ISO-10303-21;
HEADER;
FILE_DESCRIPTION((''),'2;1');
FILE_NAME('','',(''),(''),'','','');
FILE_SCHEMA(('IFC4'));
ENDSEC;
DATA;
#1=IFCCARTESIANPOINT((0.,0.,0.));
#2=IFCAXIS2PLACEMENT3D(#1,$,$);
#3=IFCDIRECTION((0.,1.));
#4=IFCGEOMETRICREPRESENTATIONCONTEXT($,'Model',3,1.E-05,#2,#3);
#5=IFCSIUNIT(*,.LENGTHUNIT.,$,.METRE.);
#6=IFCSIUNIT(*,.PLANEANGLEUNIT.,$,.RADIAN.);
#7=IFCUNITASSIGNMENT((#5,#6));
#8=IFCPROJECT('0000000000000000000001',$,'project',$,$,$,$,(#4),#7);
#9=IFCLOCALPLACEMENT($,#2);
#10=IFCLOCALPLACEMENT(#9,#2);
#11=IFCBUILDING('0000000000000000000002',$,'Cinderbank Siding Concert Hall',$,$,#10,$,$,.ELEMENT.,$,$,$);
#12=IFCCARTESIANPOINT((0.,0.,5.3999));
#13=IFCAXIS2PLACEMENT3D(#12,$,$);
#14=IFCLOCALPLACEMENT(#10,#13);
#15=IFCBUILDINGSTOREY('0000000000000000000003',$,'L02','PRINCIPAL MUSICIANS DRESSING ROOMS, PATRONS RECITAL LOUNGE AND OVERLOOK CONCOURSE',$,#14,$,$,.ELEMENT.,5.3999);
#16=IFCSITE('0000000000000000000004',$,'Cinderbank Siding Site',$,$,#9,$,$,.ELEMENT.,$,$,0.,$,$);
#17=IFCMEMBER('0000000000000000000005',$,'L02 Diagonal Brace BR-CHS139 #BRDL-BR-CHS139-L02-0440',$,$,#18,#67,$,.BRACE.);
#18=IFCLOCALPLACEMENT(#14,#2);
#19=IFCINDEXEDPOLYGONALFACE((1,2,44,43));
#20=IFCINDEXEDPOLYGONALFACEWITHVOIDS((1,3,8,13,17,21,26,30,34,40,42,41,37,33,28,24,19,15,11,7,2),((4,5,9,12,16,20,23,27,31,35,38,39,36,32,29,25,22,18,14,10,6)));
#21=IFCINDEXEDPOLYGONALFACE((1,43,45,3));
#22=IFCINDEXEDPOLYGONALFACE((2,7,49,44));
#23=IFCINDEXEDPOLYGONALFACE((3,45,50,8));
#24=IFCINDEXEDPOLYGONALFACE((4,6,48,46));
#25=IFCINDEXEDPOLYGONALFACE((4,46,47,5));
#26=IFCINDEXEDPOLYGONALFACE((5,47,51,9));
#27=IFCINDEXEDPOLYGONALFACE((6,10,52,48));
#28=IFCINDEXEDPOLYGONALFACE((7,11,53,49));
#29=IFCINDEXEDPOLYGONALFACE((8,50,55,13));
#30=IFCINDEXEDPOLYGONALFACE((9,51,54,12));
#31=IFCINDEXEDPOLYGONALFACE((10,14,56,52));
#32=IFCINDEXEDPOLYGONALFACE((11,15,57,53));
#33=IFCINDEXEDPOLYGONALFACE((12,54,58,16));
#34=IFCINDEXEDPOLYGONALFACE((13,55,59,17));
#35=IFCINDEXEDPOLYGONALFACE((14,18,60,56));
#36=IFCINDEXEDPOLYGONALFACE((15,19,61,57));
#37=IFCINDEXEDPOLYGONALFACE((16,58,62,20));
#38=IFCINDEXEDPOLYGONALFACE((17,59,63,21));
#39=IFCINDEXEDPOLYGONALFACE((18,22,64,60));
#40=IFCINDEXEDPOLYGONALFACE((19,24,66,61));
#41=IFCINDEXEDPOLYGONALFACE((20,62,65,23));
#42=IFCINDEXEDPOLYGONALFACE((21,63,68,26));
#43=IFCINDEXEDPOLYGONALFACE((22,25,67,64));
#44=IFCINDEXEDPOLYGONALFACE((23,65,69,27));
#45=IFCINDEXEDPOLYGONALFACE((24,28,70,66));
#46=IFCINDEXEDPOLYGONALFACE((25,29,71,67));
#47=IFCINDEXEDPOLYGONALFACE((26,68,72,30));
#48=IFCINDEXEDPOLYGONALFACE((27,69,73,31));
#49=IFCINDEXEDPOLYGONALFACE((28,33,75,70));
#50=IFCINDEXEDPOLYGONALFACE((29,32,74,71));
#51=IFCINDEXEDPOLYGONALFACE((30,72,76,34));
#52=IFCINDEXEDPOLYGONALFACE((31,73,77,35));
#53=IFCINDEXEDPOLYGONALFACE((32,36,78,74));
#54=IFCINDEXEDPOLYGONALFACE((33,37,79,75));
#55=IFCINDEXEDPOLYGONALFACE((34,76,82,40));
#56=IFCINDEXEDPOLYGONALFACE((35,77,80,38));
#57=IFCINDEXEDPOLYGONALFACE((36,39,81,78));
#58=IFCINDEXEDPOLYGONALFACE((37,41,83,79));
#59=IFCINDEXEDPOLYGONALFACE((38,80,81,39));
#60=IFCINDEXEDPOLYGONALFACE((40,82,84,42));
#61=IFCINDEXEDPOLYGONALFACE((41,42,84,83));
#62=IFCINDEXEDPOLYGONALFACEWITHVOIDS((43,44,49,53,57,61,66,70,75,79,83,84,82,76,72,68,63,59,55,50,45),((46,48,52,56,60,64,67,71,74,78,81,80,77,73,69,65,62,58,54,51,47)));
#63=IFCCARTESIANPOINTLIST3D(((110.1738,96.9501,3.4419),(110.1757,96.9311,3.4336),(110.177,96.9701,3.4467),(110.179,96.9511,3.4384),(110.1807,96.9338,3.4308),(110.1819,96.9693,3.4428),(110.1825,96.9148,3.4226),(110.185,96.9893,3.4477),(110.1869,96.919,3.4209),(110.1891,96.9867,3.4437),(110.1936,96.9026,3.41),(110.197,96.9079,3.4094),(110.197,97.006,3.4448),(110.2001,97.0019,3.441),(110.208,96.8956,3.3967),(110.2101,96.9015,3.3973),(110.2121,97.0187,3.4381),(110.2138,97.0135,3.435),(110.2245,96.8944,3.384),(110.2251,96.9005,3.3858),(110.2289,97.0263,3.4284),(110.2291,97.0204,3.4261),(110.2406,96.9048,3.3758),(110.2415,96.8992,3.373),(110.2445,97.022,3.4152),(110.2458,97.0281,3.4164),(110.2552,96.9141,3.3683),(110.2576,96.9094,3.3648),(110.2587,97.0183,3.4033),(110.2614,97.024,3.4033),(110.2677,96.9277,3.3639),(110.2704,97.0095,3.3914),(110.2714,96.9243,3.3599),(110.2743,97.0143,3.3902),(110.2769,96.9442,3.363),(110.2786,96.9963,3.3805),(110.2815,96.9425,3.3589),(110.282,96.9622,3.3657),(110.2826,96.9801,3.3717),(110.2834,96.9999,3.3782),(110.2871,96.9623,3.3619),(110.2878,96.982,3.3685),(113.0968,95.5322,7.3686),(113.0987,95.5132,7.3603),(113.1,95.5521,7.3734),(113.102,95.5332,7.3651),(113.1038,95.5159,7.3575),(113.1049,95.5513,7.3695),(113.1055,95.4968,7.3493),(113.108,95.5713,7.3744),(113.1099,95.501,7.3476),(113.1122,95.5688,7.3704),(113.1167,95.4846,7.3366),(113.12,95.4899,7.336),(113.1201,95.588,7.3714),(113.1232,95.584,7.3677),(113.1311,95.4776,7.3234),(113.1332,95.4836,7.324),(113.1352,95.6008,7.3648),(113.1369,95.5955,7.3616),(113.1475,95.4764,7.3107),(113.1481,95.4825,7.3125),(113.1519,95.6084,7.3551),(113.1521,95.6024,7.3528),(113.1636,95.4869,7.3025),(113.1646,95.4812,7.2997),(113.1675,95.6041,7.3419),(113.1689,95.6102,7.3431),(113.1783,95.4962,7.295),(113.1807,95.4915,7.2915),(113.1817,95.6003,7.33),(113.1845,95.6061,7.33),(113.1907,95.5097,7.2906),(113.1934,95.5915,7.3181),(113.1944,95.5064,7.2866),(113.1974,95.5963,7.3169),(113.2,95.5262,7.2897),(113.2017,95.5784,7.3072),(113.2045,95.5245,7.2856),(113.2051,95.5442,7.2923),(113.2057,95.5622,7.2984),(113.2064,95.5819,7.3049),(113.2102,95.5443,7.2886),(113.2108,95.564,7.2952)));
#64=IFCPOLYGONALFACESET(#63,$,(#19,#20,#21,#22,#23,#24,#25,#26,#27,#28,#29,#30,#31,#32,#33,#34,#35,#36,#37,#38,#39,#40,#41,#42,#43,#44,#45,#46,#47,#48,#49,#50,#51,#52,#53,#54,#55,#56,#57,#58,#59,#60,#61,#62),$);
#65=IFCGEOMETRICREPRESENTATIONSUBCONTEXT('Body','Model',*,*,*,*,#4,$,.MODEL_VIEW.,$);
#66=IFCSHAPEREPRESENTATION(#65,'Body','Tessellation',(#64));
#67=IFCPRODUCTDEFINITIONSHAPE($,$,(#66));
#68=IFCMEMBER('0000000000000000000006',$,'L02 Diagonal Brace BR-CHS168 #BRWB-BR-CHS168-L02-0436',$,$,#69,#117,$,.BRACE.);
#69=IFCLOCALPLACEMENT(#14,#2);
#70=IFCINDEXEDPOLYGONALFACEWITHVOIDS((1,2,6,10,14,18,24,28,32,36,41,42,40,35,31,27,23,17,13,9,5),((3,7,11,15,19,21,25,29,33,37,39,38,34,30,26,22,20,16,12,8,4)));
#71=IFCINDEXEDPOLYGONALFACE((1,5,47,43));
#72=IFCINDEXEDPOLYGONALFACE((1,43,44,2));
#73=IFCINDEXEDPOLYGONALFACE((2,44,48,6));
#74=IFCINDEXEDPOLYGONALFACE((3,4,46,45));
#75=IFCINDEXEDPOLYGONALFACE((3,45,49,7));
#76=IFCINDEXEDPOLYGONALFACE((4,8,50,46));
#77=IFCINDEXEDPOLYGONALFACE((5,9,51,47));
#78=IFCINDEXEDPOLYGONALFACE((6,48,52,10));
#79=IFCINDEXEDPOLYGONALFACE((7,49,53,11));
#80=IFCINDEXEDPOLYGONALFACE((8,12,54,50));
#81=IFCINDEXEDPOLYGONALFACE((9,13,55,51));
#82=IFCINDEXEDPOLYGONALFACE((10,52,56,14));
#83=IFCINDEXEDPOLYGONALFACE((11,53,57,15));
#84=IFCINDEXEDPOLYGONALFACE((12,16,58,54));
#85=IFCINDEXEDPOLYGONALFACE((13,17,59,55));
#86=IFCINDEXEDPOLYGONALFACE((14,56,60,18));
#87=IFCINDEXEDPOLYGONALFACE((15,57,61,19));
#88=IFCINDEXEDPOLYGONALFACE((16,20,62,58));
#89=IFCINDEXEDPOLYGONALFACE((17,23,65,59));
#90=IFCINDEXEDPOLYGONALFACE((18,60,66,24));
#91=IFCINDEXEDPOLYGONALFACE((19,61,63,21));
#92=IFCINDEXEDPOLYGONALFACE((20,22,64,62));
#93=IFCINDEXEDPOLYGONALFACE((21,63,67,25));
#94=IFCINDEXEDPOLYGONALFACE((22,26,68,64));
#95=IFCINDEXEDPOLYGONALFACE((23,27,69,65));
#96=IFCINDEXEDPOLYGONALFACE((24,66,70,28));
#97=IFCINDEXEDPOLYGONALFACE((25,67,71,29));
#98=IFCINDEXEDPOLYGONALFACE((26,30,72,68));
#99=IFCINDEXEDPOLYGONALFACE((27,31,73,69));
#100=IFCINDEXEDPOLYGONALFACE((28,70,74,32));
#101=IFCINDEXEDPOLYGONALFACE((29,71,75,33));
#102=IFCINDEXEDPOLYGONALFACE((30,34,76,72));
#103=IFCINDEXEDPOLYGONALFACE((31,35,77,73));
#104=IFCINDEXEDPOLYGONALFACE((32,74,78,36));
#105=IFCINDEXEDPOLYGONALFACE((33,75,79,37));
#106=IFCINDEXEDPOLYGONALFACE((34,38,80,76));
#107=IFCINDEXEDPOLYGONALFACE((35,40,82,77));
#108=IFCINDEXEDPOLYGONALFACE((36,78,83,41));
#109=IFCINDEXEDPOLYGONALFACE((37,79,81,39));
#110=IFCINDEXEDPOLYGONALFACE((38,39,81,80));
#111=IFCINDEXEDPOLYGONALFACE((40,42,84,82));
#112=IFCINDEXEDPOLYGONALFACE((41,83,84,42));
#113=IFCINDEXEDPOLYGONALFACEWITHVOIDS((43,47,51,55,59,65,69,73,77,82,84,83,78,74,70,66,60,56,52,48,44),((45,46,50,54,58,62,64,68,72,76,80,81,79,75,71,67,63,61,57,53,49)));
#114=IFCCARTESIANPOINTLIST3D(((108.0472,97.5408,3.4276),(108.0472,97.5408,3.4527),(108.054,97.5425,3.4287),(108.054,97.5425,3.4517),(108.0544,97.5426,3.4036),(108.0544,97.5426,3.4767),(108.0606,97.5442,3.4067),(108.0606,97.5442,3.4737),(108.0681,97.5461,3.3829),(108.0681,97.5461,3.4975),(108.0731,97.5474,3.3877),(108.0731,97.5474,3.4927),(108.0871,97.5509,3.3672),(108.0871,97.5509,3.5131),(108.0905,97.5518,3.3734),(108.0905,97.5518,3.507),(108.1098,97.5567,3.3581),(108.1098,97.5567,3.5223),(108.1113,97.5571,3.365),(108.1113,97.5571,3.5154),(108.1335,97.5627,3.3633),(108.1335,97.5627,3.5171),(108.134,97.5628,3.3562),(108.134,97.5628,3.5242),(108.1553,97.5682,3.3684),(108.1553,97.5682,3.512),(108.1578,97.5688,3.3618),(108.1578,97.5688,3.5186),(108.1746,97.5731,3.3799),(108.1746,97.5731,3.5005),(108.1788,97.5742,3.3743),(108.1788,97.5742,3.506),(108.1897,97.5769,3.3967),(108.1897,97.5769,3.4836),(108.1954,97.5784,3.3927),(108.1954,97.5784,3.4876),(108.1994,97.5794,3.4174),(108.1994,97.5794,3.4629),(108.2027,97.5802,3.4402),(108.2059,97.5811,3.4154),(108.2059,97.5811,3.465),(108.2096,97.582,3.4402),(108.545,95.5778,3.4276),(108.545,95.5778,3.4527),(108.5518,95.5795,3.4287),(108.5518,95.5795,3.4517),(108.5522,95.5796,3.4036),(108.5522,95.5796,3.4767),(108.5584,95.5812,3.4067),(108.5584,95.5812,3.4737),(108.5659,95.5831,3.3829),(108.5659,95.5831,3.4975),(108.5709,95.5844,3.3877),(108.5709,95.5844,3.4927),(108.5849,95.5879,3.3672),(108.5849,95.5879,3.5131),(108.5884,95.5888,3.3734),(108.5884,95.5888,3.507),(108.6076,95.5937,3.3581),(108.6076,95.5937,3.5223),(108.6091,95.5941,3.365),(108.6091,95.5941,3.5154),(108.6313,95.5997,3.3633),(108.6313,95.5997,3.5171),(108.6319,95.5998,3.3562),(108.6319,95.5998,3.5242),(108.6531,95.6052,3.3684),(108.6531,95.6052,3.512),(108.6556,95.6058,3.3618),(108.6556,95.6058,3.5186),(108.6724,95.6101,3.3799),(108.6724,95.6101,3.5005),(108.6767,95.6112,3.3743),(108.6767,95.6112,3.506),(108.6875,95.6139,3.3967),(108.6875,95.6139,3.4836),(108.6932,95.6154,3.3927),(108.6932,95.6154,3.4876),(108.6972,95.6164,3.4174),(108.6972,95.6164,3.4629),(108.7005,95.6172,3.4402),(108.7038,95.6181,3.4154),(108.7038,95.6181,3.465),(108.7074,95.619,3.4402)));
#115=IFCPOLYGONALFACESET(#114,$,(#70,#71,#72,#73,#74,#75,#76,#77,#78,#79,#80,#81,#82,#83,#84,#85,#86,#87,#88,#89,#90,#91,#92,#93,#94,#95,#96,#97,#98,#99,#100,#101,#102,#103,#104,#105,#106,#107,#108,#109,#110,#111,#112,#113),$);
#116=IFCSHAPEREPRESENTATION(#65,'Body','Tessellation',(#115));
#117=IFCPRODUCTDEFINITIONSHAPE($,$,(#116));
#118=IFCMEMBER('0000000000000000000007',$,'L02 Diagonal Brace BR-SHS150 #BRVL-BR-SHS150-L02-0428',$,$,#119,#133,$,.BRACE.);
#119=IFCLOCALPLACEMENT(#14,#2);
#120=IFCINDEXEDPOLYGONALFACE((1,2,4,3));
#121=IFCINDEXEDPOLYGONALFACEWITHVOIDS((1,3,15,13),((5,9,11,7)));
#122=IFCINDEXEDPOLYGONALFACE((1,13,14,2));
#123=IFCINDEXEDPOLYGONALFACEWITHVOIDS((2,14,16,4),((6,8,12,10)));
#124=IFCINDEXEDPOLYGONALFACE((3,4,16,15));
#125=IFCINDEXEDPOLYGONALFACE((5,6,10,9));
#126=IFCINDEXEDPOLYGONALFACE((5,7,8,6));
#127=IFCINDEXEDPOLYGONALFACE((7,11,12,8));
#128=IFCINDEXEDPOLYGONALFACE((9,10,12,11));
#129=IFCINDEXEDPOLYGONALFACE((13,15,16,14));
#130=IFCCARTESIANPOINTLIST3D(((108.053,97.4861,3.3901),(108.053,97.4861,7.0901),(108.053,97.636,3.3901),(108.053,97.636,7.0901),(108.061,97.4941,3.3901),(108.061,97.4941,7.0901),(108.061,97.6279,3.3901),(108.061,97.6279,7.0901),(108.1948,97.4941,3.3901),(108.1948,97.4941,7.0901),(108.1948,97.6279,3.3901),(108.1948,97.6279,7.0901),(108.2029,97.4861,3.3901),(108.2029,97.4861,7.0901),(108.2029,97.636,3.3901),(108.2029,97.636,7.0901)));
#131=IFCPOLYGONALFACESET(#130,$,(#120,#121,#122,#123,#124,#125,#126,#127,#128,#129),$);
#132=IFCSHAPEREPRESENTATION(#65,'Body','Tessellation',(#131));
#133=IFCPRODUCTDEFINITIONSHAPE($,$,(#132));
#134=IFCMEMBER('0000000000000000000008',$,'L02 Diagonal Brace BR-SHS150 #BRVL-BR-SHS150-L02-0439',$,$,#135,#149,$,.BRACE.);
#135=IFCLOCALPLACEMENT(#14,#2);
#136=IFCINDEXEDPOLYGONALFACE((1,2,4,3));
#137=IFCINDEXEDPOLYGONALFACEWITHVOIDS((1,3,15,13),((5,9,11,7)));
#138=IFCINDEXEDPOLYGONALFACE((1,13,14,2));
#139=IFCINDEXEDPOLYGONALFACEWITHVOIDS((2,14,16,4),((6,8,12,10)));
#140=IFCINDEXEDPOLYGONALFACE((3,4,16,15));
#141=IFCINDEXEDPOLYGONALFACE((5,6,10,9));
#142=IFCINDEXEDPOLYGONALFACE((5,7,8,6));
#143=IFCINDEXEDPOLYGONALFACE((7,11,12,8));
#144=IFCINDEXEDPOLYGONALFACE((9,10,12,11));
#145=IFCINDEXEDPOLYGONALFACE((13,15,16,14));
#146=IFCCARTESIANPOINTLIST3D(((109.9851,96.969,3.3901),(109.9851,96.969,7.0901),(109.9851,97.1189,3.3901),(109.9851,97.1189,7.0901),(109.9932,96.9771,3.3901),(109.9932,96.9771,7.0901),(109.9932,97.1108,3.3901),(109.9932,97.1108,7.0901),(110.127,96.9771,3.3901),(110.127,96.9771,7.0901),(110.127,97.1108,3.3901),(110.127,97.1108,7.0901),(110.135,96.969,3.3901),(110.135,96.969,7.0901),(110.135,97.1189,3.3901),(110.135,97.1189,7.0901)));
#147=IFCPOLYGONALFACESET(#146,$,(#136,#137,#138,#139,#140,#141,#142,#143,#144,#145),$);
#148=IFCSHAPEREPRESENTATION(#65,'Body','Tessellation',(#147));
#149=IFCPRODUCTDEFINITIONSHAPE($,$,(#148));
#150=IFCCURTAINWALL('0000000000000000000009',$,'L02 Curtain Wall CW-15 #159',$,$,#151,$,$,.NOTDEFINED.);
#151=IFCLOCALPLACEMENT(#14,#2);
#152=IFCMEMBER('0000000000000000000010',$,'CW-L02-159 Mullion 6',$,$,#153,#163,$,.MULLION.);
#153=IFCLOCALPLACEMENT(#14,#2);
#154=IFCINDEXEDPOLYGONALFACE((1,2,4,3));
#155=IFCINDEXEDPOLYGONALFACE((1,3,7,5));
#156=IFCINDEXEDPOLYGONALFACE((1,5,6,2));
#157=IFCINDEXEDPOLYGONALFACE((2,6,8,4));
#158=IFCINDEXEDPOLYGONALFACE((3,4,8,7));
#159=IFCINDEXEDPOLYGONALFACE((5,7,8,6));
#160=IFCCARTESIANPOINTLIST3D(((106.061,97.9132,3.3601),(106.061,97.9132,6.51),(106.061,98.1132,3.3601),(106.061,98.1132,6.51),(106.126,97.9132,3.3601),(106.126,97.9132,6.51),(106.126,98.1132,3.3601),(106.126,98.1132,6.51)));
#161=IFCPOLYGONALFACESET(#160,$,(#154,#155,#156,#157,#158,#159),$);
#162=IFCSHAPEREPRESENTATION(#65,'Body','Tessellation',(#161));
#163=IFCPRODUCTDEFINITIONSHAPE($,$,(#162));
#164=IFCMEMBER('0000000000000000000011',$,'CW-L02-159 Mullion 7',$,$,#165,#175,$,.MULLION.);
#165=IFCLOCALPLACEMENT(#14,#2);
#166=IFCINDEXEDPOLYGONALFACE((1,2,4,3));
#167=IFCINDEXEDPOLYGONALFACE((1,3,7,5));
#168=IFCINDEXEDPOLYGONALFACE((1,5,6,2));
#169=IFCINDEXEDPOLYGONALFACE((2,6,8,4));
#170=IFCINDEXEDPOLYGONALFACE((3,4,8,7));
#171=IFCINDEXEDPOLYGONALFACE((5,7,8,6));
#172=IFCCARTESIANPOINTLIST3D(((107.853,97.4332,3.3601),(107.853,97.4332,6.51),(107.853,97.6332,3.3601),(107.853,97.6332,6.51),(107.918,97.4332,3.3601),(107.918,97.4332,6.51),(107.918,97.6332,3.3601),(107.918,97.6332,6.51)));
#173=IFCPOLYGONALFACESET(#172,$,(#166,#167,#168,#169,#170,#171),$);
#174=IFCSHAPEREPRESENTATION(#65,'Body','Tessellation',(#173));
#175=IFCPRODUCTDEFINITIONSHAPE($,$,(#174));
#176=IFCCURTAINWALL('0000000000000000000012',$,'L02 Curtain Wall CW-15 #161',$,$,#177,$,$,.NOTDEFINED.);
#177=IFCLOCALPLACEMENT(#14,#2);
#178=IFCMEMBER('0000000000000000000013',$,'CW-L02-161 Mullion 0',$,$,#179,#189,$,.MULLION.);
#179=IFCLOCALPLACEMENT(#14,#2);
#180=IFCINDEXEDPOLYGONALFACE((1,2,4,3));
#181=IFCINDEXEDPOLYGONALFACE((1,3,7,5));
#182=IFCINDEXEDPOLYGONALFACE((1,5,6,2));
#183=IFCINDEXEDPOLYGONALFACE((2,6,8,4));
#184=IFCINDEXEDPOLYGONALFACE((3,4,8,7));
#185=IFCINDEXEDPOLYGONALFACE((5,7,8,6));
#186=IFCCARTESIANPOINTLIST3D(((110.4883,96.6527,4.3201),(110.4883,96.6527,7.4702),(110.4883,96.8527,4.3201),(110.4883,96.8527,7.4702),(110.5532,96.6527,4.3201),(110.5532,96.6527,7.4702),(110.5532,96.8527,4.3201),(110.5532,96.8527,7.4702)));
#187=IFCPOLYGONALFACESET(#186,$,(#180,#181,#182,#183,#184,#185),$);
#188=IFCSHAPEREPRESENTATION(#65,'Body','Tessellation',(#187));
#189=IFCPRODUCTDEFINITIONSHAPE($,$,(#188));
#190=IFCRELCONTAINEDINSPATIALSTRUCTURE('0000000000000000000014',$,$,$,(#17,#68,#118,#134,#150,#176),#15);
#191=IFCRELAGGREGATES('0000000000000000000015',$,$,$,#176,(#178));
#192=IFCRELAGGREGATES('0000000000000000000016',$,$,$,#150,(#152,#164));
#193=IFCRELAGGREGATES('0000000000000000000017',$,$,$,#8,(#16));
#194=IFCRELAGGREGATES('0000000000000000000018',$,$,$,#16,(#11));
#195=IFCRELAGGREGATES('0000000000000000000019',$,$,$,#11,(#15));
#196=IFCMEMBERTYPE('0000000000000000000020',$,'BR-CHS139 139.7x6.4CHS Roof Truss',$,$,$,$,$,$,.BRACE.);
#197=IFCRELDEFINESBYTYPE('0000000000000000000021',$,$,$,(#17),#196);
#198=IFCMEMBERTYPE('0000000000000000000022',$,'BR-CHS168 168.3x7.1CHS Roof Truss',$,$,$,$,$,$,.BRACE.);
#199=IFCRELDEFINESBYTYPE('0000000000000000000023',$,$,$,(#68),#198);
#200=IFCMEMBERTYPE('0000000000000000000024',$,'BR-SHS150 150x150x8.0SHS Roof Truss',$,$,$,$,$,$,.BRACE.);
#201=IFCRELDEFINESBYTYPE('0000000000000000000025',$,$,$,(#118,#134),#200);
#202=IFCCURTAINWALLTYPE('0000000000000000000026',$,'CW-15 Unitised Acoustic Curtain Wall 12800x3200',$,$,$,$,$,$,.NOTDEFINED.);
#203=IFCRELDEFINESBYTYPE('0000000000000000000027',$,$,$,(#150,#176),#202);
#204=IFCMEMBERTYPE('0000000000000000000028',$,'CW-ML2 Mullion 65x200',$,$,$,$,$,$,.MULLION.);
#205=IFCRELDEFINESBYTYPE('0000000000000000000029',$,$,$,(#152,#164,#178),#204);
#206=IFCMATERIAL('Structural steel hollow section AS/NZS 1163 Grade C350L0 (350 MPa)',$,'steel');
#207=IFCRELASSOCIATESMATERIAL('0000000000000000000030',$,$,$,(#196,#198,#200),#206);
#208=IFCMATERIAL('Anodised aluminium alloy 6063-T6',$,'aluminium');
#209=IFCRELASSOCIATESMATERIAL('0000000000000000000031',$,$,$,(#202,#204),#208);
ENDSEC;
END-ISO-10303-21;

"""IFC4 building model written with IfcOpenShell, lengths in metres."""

from ifc_helpers import new_model, si_unit, direction, frame, origin, origin_2d, place, context, subcontext, project, spatial, rectangle, hollow_rectangle, hollow_circle, extrude, material, material_profile, profile_set, type_object, element, aggregate, save


model = new_model("IFC4")

# Units and contexts
model_context = context("Model", 3, precision=1e-05, world=origin(), true_north=direction((0.0, 1.0)))
body_context = subcontext(model_context, "Body", "Model", "MODEL_VIEW")
ifc_project = project(units=[si_unit("LENGTHUNIT", "METRE"), si_unit("PLANEANGLEUNIT", "RADIAN")], contexts=[model_context])

# Site, building, storey
site_placement = place(None, origin())
site = spatial("IfcSite", under=ifc_project, at=site_placement, Name="Cinderbank Siding Site", CompositionType="ELEMENT", RefElevation=0.0)
building_placement = place(site_placement, origin())
building = spatial("IfcBuilding", under=site, at=building_placement, Name="Cinderbank Siding Concert Hall", CompositionType="ELEMENT")
storey_placement = place(building_placement, frame((0.0, 0.0, 5.3999)))
storey = spatial("IfcBuildingStorey", under=building, at=storey_placement, Name="L02", Description="PRINCIPAL MUSICIANS DRESSING ROOMS, PATRONS RECITAL LOUNGE AND OVERLOOK CONCOURSE", CompositionType="ELEMENT", Elevation=5.3999)

# Shared definitions
ifc_material_1 = material(Name="Structural steel hollow section AS/NZS 1163 Grade C350L0 (350 MPa)", Category="steel")

# Members
ifc_material_profile_1 = material_profile(ifc_material_1, hollow_circle(Radius=0.0698, WallThickness=0.0063, at=origin_2d()), Name="139.7x6.4CHS", Category="LoadBearing")
ifc_profile_set_1 = profile_set([ifc_material_profile_1], Name="Structural steel hollow section AS/NZS 1163 Grade C350L0 (350 MPa)")
member_type_1 = type_object("IfcMemberType", Name="BR-CHS139 139.7x6.4CHS Roof Truss", PredefinedType="BRACE", material=ifc_profile_set_1)
member_1_placement = place(storey_placement, frame((110.231, 96.9612, 3.4033), z_axis=(0.573547, -0.278223, 0.770478), x_axis=(0.43645, 0.899728, 0.0)))
element("IfcMember", 1, at=member_1_placement, inside=storey, type_object=member_type_1, Name="L02 Diagonal Brace BR-CHS139 #BRDL-BR-CHS139-L02-0440", PredefinedType="BRACE", context=body_context, shape_type="SweptSolid", body=[
    extrude(hollow_circle(Radius=0.0698, WallThickness=0.0063, at=origin_2d()), origin(), (0.0, 0.0, 1.0), 5.0964),
])
ifc_material_profile_2 = material_profile(ifc_material_1, hollow_circle(Radius=0.0842, WallThickness=0.0071, at=origin_2d()), Name="168.3x7.1CHS", Category="LoadBearing")
ifc_profile_set_2 = profile_set([ifc_material_profile_2], Name="Structural steel hollow section AS/NZS 1163 Grade C350L0 (350 MPa)")
member_type_2 = type_object("IfcMemberType", Name="BR-CHS168 168.3x7.1CHS Roof Truss", PredefinedType="BRACE", material=ifc_profile_set_2)
member_2_placement = place(storey_placement, frame((108.1279, 97.5613, 3.4402), z_axis=(0.245825, -0.969314, 0.0), x_axis=(0.969314, 0.245825, 0.0)))
element("IfcMember", 2, at=member_2_placement, inside=storey, type_object=member_type_2, Name="L02 Diagonal Brace BR-CHS168 #BRWB-BR-CHS168-L02-0436", PredefinedType="BRACE", context=body_context, shape_type="SweptSolid", body=[
    extrude(hollow_circle(Radius=0.0842, WallThickness=0.0071, at=origin_2d()), origin(), (0.0, 0.0, 1.0), 2.0251),
])
ifc_material_profile_3 = material_profile(ifc_material_1, hollow_rectangle(XDim=0.1499, YDim=0.1499, WallThickness=0.0081, at=origin_2d()), Name="150x150x8.0SHS", Category="LoadBearing")
ifc_profile_set_3 = profile_set([ifc_material_profile_3], Name="Structural steel hollow section AS/NZS 1163 Grade C350L0 (350 MPa)")
member_type_3 = type_object("IfcMemberType", Name="BR-SHS150 150x150x8.0SHS Roof Truss", PredefinedType="BRACE", material=ifc_profile_set_3)
for number, where, z_axis, x_axis, name in (
    (3, (108.1279, 97.561, 3.3901), (0.0, 0.0, 1.0), (1.0, 0.0, 0.0), "L02 Diagonal Brace BR-SHS150 #BRVL-BR-SHS150-L02-0428"),
    (4, (110.0601, 97.0439, 3.3901), (0.0, 0.0, 1.0), (1.0, 0.0, 0.0), "L02 Diagonal Brace BR-SHS150 #BRVL-BR-SHS150-L02-0439"),
):
    element("IfcMember", number, at=place(storey_placement, frame(where, z_axis=z_axis, x_axis=x_axis)), inside=storey, type_object=member_type_3, Name=name, PredefinedType="BRACE", context=body_context, shape_type="SweptSolid", body=[
        extrude(hollow_rectangle(XDim=0.1499, YDim=0.1499, WallThickness=0.0081, at=origin_2d()), origin(), (0.0, 0.0, 1.0), 3.7),
    ])

# Curtain wall, members
ifc_material_2 = material(Name="Anodised aluminium alloy 6063-T6", Category="aluminium")
curtain_wall_type = type_object("IfcCurtainWallType", Name="CW-15 Unitised Acoustic Curtain Wall 12800x3200", PredefinedType="NOTDEFINED", material=ifc_material_2)
curtain_wall_1_placement = place(storey_placement, origin())
curtain_wall_1 = element("IfcCurtainWall", 5, at=curtain_wall_1_placement, inside=storey, type_object=curtain_wall_type, Name="L02 Curtain Wall CW-15 #159", PredefinedType="NOTDEFINED")
ifc_material_profile_4 = material_profile(ifc_material_2, rectangle(XDim=0.0649, YDim=0.2, at=origin_2d()), Name="ALU-MULL-65x200", Category="LoadBearing")
ifc_profile_set_4 = profile_set([ifc_material_profile_4], Name="Anodised aluminium alloy 6063-T6")
member_type_4 = type_object("IfcMemberType", Name="CW-ML2 Mullion 65x200", PredefinedType="MULLION", material=ifc_profile_set_4)
member_3_placement = place(storey_placement, frame((106.0935, 98.0132, 3.3601), z_axis=(0.0, 0.0, 1.0), x_axis=(1.0, 0.0, 0.0)))
member_3 = element("IfcMember", 6, at=member_3_placement, type_object=member_type_4, Name="CW-L02-159 Mullion 6", PredefinedType="MULLION", context=body_context, shape_type="SweptSolid", body=[
    extrude(rectangle(XDim=0.0649, YDim=0.2, at=origin_2d()), origin(), (0.0, 0.0, 1.0), 3.1499),
])
member_4_placement = place(storey_placement, frame((107.8855, 97.5332, 3.3601), z_axis=(0.0, 0.0, 1.0), x_axis=(1.0, 0.0, 0.0)))
member_4 = element("IfcMember", 7, at=member_4_placement, type_object=member_type_4, Name="CW-L02-159 Mullion 7", PredefinedType="MULLION", context=body_context, shape_type="SweptSolid", body=[
    extrude(rectangle(XDim=0.0649, YDim=0.2, at=origin_2d()), origin(), (0.0, 0.0, 1.0), 3.1499),
])

# Curtain wall, member
curtain_wall_2_placement = place(storey_placement, origin())
curtain_wall_2 = element("IfcCurtainWall", 8, at=curtain_wall_2_placement, inside=storey, type_object=curtain_wall_type, Name="L02 Curtain Wall CW-15 #161", PredefinedType="NOTDEFINED")
member_5_placement = place(storey_placement, frame((110.5208, 96.7527, 4.3201), z_axis=(0.0, 0.0, 1.0), x_axis=(1.0, 0.0, 0.0)))
member_5 = element("IfcMember", 9, at=member_5_placement, type_object=member_type_4, Name="CW-L02-161 Mullion 0", PredefinedType="MULLION", context=body_context, shape_type="SweptSolid", body=[
    extrude(rectangle(XDim=0.0649, YDim=0.2, at=origin_2d()), origin(), (0.0, 0.0, 1.0), 3.1501),
])

aggregate(curtain_wall_2, [member_5])
aggregate(curtain_wall_1, [member_3, member_4])

save(model, "model.ifc")
